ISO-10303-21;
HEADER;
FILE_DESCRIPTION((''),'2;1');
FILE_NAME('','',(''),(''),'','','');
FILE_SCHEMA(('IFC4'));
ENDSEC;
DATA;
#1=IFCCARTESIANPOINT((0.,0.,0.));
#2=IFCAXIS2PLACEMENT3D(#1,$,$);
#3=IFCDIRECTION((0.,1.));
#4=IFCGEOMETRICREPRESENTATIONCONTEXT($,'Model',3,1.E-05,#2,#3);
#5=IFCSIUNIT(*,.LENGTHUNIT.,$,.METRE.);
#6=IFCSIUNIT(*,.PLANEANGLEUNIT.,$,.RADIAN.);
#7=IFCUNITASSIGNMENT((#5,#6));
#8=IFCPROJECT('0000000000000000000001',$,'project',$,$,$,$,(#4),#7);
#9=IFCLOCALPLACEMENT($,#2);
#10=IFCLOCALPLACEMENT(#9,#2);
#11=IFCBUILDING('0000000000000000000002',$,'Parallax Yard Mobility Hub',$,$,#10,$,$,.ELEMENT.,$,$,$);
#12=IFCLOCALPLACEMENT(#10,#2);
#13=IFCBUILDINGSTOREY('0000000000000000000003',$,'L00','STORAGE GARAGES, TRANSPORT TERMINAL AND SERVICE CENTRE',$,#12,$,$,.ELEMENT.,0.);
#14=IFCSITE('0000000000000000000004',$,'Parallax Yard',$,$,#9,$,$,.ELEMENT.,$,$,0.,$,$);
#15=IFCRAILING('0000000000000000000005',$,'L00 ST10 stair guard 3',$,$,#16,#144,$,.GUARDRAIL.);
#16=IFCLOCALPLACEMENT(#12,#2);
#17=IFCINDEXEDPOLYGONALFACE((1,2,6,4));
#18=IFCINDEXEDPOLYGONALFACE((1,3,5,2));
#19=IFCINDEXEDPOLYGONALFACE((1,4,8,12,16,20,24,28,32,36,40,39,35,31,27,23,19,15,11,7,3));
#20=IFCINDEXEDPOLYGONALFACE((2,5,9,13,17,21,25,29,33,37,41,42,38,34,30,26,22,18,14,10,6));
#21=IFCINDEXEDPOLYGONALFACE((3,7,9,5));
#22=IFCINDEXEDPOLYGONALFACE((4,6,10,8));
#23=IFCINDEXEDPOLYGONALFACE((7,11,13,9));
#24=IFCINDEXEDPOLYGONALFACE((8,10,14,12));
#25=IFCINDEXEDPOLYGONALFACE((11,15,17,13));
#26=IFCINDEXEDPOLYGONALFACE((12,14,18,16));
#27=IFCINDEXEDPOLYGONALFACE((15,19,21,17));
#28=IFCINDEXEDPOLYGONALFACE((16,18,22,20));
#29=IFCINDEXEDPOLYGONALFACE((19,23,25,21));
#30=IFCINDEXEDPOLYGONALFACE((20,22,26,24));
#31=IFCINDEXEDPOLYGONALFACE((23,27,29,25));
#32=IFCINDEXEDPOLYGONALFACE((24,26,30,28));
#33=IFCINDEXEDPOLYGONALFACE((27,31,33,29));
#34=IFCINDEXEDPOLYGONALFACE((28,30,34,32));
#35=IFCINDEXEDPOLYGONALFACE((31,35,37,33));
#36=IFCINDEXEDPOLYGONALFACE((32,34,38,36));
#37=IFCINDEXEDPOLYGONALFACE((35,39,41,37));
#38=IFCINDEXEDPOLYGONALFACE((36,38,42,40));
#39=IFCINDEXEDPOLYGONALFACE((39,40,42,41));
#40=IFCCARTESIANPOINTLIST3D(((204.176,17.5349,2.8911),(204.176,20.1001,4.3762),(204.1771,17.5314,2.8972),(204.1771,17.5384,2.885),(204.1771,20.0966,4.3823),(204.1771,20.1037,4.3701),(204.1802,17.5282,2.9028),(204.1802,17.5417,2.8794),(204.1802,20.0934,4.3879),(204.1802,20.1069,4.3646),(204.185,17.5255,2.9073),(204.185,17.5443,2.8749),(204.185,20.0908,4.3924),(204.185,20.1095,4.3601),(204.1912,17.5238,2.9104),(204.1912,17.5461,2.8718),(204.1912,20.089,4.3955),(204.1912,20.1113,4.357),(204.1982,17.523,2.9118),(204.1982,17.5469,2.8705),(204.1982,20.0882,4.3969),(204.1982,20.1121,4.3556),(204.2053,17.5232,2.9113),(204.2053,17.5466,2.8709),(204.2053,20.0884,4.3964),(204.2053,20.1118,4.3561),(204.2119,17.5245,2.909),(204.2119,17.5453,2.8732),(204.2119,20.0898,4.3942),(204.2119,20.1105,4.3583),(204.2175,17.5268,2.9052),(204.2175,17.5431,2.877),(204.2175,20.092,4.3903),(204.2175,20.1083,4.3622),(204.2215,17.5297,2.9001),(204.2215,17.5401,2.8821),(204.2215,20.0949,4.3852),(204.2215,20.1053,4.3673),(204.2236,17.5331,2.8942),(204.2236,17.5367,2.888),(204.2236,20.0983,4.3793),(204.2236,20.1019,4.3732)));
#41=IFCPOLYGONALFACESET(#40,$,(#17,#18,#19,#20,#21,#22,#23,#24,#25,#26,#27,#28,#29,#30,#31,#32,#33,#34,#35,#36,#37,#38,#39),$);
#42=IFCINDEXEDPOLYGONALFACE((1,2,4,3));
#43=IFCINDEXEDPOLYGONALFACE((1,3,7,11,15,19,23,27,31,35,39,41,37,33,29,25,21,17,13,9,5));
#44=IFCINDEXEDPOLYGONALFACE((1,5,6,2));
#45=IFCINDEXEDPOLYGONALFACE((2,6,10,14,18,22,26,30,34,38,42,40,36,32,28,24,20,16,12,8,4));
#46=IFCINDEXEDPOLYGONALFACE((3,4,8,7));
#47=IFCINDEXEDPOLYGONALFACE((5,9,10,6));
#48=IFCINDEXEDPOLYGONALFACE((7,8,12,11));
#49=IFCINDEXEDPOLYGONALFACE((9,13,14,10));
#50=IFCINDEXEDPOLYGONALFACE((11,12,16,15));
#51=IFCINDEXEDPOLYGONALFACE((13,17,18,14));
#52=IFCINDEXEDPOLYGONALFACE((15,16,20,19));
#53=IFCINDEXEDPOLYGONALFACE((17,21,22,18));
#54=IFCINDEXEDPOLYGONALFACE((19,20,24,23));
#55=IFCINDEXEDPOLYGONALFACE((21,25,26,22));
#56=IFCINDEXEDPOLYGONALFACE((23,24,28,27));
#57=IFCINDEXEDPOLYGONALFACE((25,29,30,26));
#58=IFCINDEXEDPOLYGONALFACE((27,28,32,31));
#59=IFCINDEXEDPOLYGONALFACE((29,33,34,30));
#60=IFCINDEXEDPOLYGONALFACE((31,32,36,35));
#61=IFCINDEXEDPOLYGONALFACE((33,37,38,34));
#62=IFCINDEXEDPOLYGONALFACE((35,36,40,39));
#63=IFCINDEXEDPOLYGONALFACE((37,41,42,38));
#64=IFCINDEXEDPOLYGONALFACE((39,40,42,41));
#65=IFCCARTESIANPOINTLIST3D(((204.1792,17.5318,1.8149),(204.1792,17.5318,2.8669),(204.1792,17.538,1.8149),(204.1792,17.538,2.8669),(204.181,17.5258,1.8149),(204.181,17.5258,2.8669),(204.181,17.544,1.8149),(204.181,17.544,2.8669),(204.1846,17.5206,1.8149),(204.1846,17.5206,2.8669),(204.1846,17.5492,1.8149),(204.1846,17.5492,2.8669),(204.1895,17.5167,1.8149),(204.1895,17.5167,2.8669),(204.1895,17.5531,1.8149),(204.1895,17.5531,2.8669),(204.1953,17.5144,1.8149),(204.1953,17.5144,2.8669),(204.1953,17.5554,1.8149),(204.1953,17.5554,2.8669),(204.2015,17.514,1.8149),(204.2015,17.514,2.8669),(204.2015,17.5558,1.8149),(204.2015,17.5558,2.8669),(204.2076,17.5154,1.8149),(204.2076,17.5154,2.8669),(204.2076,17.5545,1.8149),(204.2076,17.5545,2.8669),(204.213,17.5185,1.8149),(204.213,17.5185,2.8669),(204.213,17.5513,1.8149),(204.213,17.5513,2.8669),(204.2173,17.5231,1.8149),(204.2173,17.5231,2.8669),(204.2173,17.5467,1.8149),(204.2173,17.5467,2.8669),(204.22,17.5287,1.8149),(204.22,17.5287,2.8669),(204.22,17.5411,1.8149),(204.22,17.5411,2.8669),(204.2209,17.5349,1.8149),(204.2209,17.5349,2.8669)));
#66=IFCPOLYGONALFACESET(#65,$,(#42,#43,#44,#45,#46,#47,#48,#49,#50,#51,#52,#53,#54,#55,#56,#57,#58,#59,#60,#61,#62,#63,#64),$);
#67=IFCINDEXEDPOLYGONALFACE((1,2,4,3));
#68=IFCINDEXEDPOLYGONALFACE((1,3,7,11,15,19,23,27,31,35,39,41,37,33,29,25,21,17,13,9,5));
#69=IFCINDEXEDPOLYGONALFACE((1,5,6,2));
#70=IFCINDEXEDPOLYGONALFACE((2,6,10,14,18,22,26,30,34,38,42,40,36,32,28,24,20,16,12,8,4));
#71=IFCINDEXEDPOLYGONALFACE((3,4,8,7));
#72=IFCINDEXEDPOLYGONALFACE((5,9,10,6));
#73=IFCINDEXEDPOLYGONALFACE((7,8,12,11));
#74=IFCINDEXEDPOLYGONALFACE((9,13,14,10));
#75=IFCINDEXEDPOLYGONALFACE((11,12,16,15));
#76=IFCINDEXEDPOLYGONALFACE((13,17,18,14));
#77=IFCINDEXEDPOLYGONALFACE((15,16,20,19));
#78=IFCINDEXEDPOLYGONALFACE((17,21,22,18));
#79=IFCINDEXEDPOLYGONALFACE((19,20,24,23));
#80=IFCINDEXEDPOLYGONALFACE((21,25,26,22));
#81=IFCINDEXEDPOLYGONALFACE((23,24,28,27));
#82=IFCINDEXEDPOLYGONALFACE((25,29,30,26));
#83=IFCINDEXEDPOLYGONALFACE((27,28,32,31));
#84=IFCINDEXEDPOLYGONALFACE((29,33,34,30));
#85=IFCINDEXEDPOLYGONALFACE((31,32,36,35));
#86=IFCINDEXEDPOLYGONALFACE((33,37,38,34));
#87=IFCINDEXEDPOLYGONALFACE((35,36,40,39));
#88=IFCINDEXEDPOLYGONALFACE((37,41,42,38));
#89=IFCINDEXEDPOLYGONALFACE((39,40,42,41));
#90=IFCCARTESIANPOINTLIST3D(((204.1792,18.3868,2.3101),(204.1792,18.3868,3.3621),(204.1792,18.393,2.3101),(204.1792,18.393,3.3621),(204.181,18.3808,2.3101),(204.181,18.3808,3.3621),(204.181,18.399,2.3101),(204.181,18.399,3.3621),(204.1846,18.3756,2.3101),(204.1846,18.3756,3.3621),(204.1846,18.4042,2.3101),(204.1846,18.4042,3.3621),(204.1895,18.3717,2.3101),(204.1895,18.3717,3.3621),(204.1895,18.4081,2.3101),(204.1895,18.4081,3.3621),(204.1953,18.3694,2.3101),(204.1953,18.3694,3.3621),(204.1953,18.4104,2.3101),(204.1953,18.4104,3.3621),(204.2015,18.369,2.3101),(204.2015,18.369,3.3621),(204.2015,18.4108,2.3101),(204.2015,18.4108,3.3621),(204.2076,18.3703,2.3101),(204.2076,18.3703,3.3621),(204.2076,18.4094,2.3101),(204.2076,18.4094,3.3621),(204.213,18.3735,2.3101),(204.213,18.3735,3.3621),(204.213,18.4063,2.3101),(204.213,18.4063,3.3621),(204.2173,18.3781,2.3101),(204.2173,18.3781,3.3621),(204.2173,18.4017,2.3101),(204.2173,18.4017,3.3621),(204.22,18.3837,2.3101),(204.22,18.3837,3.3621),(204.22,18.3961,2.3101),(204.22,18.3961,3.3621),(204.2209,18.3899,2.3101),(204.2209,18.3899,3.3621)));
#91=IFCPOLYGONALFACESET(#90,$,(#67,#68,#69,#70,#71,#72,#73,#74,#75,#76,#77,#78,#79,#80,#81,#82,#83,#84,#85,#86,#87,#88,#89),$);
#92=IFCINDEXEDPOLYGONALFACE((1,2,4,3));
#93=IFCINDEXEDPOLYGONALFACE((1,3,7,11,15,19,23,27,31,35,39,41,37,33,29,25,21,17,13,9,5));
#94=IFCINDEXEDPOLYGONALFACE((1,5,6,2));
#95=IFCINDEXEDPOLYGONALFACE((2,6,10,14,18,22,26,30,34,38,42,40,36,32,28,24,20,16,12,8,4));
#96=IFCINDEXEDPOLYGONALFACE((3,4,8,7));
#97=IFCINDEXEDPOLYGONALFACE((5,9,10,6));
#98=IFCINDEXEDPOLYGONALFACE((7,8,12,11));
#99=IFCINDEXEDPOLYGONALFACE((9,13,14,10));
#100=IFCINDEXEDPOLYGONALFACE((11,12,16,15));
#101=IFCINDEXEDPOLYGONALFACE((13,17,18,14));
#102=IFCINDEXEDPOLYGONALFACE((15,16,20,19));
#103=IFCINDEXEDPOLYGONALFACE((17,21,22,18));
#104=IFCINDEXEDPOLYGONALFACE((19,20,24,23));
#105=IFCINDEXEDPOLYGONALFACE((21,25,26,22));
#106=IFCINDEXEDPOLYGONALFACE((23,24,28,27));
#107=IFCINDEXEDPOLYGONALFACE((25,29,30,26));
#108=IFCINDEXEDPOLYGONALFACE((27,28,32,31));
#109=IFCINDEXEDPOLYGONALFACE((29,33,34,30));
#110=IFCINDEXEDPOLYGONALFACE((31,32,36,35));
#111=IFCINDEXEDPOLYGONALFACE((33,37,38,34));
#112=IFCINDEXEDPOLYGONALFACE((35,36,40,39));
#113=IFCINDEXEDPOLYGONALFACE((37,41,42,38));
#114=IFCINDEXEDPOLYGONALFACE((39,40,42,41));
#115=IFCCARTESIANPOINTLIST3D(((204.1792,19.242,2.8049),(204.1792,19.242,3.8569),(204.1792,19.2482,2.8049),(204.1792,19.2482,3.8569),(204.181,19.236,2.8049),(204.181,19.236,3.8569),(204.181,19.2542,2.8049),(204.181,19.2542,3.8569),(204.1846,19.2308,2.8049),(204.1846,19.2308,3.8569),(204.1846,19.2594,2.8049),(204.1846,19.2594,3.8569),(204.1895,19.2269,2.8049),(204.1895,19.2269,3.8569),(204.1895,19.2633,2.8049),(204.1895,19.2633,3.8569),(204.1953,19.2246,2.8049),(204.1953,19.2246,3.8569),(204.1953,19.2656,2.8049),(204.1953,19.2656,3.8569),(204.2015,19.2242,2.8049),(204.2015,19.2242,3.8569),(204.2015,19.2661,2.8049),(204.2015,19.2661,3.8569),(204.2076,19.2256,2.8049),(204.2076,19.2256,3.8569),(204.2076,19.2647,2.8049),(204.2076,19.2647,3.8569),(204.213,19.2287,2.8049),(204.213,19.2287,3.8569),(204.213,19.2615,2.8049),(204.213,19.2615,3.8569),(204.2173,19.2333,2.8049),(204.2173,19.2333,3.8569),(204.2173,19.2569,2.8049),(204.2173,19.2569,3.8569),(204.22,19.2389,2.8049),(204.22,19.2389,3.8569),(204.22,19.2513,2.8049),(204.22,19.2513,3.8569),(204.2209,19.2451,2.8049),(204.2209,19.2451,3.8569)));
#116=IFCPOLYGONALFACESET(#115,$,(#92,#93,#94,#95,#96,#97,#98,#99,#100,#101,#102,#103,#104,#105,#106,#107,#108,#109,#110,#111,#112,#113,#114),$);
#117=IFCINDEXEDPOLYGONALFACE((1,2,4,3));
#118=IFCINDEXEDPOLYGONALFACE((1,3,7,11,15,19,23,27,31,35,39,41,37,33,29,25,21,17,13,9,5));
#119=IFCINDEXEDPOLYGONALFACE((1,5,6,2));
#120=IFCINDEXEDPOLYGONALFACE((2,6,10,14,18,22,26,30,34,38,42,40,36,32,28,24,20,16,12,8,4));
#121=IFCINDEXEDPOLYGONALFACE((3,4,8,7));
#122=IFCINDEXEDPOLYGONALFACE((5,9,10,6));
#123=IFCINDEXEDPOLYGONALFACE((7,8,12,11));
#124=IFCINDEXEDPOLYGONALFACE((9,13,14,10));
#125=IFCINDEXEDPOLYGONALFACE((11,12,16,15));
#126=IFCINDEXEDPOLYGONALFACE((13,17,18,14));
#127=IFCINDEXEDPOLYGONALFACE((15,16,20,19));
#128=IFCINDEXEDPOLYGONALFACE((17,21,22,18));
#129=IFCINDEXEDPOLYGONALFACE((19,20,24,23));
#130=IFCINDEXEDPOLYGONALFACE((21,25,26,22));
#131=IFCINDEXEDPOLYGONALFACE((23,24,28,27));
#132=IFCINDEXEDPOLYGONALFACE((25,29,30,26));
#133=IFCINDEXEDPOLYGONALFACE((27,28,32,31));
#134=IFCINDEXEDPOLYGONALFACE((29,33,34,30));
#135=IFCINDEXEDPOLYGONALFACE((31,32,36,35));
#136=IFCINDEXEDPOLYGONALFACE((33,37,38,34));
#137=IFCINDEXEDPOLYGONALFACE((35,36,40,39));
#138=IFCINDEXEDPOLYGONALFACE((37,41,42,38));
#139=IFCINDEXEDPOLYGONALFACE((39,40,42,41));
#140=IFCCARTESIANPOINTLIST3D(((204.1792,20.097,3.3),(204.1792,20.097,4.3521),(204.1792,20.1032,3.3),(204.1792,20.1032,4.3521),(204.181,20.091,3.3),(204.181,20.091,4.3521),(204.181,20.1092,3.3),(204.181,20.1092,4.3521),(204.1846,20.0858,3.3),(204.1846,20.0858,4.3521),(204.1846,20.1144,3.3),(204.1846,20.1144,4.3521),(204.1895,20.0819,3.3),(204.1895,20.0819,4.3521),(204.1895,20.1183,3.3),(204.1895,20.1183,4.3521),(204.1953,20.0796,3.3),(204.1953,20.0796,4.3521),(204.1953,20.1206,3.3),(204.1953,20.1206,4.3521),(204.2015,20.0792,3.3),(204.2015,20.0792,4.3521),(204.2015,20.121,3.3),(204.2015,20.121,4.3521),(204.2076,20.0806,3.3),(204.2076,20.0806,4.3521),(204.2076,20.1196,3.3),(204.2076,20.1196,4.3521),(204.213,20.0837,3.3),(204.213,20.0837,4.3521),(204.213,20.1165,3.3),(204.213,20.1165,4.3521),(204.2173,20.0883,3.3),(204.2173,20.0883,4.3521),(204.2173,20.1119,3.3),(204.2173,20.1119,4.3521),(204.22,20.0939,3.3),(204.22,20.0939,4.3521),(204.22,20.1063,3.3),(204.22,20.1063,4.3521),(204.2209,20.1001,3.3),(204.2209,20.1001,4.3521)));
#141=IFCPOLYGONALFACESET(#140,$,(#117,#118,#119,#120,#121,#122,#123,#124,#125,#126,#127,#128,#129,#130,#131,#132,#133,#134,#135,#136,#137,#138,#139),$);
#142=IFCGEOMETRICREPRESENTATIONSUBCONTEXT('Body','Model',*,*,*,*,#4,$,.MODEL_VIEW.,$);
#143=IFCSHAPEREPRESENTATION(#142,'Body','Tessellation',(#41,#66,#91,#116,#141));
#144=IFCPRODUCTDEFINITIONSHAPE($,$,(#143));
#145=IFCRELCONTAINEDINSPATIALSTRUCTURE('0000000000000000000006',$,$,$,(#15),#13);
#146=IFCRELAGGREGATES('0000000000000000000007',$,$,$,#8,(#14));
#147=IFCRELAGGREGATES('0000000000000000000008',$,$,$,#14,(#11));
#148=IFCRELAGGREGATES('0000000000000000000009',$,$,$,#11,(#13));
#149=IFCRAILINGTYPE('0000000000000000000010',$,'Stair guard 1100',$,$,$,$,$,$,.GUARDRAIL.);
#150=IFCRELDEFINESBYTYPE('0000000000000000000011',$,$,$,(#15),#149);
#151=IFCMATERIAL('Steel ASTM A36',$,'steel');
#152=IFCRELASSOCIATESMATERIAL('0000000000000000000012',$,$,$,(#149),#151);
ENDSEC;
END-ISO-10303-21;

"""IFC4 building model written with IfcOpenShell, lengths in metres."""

from ifc_helpers import new_model, si_unit, direction, frame, origin, origin_2d, place, context, subcontext, project, spatial, circle, extrude, material, type_object, element, save


model = new_model("IFC4")

# Units and contexts
model_context = context("Model", 3, precision=1e-05, world=origin(), true_north=direction((0.0, 1.0)))
body_context = subcontext(model_context, "Body", "Model", "MODEL_VIEW")
ifc_project = project(units=[si_unit("LENGTHUNIT", "METRE"), si_unit("PLANEANGLEUNIT", "RADIAN")], contexts=[model_context])

# Site, building, storey
site_placement = place(None, origin())
site = spatial("IfcSite", under=ifc_project, at=site_placement, Name="Parallax Yard", CompositionType="ELEMENT", RefElevation=0.0)
building_placement = place(site_placement, origin())
building = spatial("IfcBuilding", under=site, at=building_placement, Name="Parallax Yard Mobility Hub", CompositionType="ELEMENT")
storey_placement = place(building_placement, origin())
storey = spatial("IfcBuildingStorey", under=building, at=storey_placement, Name="L00", Description="STORAGE GARAGES, TRANSPORT TERMINAL AND SERVICE CENTRE", CompositionType="ELEMENT", Elevation=0.0)

# Railing
ifc_material_1 = material(Name="Steel ASTM A36", Category="steel")
railing_type_1 = type_object("IfcRailingType", Name="Stair guard 1100", PredefinedType="GUARDRAIL", material=ifc_material_1)
railing_1_placement = place(storey_placement, frame((204.2, 17.5349, 1.8149)))
element("IfcRailing", 1, at=railing_1_placement, inside=storey, type_object=railing_type_1, Name="L00 ST10 stair guard 3", PredefinedType="GUARDRAIL", context=body_context, shape_type="SweptSolid", body=[
    extrude(circle(Radius=0.0239, at=origin_2d()), frame((0.0, 0.0, 1.0762), z_axis=(0.0, 0.865426, 0.501036), x_axis=(-1.0, 0.0, 0.0)), (0.0, 0.0, 1.0), 2.9641),
    extrude(circle(Radius=0.021, at=origin_2d()), origin(), (0.0, 0.0, 1.0), 1.052),
    extrude(circle(Radius=0.021, at=origin_2d()), frame((0.0, 0.855, 0.4951)), (0.0, 0.0, 1.0), 1.052),
    extrude(circle(Radius=0.021, at=origin_2d()), frame((0.0, 1.7102, 0.99)), (0.0, 0.0, 1.0), 1.052),
    extrude(circle(Radius=0.021, at=origin_2d()), frame((0.0, 2.5652, 1.4851)), (0.0, 0.0, 1.0), 1.052),
])

save(model, "model.ifc")
